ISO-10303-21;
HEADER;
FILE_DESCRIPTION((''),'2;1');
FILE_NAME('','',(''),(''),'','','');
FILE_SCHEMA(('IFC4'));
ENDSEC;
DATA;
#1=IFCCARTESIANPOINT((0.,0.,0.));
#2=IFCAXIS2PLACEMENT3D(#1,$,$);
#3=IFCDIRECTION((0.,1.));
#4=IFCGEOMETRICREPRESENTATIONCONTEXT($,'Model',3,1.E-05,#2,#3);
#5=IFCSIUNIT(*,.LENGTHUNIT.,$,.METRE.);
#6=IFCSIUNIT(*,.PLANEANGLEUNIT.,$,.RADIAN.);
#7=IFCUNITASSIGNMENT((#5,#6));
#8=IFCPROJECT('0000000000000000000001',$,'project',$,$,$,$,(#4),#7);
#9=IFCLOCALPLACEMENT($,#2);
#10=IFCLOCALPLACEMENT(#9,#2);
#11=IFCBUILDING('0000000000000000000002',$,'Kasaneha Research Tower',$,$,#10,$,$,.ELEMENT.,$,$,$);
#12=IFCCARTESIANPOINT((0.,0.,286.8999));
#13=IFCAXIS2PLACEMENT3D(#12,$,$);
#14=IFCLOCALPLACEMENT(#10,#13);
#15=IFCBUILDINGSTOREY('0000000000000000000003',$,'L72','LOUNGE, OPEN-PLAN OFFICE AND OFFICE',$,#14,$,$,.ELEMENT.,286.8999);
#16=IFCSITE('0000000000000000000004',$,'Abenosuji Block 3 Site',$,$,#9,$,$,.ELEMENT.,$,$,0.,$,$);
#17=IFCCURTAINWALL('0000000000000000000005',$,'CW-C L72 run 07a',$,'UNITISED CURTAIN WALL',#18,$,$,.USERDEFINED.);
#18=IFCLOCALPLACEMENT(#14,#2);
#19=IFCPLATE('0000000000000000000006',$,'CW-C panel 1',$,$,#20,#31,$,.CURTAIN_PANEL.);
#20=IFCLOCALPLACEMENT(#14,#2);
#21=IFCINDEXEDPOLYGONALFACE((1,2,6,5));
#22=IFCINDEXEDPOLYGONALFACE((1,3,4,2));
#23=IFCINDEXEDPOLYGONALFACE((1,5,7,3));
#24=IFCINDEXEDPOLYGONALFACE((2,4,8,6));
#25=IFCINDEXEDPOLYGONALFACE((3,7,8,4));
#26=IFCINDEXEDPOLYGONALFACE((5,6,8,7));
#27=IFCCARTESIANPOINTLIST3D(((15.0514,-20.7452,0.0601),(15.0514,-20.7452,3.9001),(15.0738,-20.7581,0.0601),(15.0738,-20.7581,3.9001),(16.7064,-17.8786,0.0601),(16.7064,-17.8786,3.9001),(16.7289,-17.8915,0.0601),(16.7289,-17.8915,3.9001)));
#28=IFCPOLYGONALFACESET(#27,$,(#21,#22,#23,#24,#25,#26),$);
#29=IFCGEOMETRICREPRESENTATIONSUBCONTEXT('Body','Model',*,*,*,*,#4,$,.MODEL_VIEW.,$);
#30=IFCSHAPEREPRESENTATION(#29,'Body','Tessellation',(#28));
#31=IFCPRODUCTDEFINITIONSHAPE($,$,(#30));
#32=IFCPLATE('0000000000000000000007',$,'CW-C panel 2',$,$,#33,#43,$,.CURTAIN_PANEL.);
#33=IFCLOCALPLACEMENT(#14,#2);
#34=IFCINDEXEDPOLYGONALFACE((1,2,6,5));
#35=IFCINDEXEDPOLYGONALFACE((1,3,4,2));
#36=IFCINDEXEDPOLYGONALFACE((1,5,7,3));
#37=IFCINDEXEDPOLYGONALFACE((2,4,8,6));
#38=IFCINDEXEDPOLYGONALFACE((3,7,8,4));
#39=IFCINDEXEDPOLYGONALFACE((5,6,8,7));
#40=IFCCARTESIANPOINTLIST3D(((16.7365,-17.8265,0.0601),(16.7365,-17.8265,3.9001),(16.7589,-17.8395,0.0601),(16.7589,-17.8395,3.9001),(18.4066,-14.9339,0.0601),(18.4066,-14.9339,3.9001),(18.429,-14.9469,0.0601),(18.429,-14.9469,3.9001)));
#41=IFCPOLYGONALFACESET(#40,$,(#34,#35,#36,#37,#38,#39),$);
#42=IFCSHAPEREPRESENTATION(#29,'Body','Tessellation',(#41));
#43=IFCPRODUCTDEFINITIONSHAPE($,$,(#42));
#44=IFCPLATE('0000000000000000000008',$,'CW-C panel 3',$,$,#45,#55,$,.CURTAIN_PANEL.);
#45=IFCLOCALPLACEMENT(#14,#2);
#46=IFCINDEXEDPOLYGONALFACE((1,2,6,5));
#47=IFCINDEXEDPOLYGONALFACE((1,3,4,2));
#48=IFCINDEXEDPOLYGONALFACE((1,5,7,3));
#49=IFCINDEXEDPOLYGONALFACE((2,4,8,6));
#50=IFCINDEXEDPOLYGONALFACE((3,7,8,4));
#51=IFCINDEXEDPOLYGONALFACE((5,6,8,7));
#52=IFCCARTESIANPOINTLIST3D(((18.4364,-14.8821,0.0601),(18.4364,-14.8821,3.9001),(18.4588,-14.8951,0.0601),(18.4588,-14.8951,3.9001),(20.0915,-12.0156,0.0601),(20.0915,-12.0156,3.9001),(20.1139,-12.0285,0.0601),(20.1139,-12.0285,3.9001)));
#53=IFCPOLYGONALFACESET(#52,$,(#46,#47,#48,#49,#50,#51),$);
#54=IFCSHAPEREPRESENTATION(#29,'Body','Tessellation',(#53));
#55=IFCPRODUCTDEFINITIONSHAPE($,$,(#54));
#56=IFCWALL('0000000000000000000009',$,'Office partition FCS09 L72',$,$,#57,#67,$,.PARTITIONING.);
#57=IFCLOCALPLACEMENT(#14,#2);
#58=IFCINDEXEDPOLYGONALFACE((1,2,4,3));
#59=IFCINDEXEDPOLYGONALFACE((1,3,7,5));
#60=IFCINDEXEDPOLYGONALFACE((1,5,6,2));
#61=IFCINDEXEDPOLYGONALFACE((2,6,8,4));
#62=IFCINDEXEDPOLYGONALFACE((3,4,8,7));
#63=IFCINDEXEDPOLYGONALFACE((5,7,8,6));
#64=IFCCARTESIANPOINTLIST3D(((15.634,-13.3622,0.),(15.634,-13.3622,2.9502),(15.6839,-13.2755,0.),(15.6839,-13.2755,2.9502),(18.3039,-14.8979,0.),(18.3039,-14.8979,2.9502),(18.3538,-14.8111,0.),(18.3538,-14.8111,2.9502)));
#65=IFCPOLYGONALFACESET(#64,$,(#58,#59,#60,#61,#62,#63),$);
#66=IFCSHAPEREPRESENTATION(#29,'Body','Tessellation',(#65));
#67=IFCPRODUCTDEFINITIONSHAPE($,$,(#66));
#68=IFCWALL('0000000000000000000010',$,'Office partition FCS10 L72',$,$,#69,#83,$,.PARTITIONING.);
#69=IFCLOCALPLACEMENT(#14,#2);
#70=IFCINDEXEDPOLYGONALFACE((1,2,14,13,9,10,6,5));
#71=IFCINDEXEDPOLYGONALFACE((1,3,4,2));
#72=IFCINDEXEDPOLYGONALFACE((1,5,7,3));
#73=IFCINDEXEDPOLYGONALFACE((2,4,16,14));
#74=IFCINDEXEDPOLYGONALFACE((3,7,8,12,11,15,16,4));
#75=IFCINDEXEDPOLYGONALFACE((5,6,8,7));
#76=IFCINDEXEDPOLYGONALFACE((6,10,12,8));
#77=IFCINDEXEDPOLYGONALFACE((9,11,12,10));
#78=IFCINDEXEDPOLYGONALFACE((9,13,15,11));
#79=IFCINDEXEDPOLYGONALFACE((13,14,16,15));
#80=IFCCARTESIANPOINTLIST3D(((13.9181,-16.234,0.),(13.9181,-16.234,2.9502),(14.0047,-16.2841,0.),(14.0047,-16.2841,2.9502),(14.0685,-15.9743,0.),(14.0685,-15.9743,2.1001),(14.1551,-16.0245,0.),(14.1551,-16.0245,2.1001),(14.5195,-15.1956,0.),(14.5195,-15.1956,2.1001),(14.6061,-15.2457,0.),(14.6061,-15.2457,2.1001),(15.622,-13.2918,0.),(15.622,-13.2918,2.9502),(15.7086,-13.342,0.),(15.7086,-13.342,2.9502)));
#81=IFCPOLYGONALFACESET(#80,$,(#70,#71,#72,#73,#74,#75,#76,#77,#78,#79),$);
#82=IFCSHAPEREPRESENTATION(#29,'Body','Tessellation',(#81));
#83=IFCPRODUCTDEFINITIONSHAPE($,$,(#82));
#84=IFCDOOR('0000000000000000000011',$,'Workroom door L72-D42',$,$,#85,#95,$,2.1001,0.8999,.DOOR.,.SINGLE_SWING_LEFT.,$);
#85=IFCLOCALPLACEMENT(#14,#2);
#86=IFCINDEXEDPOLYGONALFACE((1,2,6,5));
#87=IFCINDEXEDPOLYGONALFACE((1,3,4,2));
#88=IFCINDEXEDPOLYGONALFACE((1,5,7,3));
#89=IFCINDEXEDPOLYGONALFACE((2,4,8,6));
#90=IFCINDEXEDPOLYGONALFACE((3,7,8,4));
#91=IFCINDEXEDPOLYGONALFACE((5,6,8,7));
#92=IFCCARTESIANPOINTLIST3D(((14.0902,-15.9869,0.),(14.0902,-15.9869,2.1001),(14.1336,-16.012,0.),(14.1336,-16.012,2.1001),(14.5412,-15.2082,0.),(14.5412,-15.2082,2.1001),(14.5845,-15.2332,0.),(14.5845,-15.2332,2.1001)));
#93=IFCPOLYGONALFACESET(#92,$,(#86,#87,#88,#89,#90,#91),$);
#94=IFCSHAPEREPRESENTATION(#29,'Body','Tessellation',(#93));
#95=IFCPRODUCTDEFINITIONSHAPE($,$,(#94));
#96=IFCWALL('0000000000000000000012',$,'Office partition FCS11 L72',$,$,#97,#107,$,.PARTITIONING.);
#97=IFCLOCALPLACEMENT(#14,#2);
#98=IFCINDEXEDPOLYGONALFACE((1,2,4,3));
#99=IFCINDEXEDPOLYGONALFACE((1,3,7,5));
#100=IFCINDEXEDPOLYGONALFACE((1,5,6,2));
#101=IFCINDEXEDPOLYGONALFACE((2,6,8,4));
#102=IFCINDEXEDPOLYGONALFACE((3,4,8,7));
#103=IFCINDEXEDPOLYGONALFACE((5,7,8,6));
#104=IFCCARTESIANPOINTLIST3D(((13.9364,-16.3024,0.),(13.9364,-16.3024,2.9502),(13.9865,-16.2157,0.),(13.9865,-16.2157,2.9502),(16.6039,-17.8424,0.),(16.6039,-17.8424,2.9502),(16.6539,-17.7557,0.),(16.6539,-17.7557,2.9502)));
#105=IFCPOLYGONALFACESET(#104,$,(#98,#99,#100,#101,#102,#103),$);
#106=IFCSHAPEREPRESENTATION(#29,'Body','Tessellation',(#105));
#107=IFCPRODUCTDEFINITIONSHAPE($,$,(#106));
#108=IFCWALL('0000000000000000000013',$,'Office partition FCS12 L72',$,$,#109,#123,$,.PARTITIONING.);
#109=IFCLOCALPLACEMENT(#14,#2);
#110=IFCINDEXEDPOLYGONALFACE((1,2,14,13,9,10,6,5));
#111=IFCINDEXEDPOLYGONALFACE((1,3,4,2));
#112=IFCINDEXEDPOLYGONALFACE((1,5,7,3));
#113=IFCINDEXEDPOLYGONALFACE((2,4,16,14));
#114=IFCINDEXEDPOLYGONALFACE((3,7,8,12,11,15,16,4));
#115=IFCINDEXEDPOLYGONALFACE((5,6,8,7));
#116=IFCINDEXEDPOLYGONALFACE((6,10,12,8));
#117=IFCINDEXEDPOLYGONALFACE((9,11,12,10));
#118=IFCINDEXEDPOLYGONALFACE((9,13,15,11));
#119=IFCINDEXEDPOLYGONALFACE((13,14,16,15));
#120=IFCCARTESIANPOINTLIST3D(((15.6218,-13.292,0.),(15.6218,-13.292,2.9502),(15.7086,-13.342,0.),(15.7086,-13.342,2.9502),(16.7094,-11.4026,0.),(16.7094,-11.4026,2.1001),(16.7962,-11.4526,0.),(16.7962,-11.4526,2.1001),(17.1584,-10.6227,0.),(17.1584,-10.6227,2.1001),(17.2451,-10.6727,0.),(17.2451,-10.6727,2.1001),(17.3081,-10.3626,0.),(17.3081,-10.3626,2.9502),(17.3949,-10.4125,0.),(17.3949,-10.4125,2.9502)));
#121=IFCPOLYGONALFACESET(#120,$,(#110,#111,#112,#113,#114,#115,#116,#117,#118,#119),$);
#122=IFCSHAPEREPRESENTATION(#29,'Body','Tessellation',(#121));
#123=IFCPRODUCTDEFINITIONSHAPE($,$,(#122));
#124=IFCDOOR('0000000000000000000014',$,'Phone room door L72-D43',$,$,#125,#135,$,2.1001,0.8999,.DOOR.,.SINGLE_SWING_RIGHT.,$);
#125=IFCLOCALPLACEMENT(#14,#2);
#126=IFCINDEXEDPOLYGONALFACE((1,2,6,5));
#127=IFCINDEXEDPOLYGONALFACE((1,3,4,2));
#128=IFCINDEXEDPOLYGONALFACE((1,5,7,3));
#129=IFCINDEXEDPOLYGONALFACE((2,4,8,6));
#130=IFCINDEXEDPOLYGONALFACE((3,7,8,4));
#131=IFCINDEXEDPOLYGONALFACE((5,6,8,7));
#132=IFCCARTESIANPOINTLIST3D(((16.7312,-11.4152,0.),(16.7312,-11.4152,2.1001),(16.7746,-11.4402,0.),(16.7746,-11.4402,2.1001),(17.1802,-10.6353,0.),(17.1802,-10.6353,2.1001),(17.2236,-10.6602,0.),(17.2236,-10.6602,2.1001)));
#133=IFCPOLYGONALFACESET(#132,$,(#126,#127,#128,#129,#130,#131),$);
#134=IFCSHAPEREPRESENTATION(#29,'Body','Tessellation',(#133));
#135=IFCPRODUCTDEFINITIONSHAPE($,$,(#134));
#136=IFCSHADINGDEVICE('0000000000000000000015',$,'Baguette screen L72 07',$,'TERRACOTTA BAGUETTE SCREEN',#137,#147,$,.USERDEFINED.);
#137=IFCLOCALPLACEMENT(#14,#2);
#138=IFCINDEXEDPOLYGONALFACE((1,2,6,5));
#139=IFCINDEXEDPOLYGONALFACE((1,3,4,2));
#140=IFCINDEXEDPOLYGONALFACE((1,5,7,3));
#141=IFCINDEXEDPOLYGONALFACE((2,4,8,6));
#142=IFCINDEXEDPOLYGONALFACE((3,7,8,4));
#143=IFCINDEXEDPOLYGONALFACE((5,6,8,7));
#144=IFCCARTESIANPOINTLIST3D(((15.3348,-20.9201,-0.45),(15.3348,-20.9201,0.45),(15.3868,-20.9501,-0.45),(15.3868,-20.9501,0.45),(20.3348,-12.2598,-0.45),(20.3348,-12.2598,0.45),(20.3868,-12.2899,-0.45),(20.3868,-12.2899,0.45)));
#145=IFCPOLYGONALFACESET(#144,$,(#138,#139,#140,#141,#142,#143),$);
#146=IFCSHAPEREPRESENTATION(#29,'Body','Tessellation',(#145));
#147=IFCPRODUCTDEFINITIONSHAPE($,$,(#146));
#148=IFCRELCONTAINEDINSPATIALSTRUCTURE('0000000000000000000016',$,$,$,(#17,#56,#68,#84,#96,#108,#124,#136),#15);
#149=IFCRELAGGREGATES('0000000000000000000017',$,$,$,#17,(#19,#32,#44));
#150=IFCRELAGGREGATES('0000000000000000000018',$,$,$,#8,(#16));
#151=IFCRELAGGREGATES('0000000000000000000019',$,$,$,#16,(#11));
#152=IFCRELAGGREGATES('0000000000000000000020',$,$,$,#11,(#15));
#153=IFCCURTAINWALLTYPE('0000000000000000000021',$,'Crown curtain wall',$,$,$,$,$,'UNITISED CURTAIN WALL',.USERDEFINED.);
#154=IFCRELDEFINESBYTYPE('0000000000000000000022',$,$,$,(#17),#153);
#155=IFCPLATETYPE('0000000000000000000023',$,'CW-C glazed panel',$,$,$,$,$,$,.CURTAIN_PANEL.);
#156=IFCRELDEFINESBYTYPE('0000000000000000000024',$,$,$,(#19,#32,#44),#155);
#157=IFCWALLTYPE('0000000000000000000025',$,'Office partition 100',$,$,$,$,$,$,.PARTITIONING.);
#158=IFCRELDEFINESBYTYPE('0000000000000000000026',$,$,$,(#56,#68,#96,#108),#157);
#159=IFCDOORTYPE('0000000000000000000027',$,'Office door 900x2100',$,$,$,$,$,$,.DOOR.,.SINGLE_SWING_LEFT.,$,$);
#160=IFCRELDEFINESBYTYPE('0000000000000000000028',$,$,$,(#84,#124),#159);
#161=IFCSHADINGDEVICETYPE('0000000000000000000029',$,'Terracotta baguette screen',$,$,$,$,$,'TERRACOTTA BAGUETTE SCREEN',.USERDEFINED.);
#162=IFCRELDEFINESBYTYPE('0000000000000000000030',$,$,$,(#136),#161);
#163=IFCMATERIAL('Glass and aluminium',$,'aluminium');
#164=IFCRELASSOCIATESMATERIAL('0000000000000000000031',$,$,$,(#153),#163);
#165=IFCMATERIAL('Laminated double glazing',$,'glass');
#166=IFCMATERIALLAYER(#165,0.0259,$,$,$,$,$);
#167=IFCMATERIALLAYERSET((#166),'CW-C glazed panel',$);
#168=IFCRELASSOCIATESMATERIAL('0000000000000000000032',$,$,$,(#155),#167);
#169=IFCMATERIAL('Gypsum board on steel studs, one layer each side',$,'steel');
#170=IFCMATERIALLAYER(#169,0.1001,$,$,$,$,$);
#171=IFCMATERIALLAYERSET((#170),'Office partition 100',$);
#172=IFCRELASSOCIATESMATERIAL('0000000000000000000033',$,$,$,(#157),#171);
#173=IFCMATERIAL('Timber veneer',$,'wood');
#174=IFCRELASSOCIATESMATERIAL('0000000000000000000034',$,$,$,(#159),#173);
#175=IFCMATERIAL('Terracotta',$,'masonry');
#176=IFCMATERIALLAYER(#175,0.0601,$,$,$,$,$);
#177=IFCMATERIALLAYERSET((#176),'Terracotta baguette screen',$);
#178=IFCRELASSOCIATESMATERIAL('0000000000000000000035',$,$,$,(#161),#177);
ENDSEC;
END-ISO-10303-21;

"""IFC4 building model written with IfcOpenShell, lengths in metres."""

from ifc_helpers import new_model, si_unit, direction, frame, frame_2d, origin, origin_2d, place, context, subcontext, project, spatial, rectangle, extrude, material, layer, layer_set, type_object, element, fill, aggregate, save


model = new_model("IFC4")

# Units and contexts
model_context = context("Model", 3, precision=1e-05, world=origin(), true_north=direction((0.0, 1.0)))
body_context = subcontext(model_context, "Body", "Model", "MODEL_VIEW")
ifc_project = project(units=[si_unit("LENGTHUNIT", "METRE"), si_unit("PLANEANGLEUNIT", "RADIAN")], contexts=[model_context])

# Site, building, storey
site_placement = place(None, origin())
site = spatial("IfcSite", under=ifc_project, at=site_placement, Name="Abenosuji Block 3 Site", CompositionType="ELEMENT", RefElevation=0.0)
building_placement = place(site_placement, origin())
building = spatial("IfcBuilding", under=site, at=building_placement, Name="Kasaneha Research Tower", CompositionType="ELEMENT")
storey_placement = place(building_placement, frame((0.0, 0.0, 286.8999)))
storey = spatial("IfcBuildingStorey", under=building, at=storey_placement, Name="L72", Description="LOUNGE, OPEN-PLAN OFFICE AND OFFICE", CompositionType="ELEMENT", Elevation=286.8999)

# Shared definitions
ifc_material_1 = material(Name="Glass and aluminium", Category="aluminium")
curtain_wall_type = type_object("IfcCurtainWallType", Name="Crown curtain wall", ElementType="UNITISED CURTAIN WALL", PredefinedType="USERDEFINED", material=ifc_material_1)

# Curtain wall
curtain_wall_1_placement = place(storey_placement, origin())
curtain_wall_1 = element("IfcCurtainWall", 1, at=curtain_wall_1_placement, inside=storey, type_object=curtain_wall_type, Name="CW-C L72 run 07a", ObjectType="UNITISED CURTAIN WALL", PredefinedType="USERDEFINED")

# Plates
ifc_material_2 = material(Name="Laminated double glazing", Category="glass")
ifc_layer_1 = layer(ifc_material_2, 0.0259)
ifc_layer_set_1 = layer_set([ifc_layer_1], Name="CW-C glazed panel")
plate_type = type_object("IfcPlateType", Name="CW-C glazed panel", PredefinedType="CURTAIN_PANEL", material=ifc_layer_set_1)
plate_1_placement = place(storey_placement, frame((15.8901, -19.3184, 0.0601), z_axis=(0.0, 0.0, 1.0), x_axis=(0.5, 0.866025, 0.0)))
plate_1 = element("IfcPlate", 2, at=plate_1_placement, type_object=plate_type, Name="CW-C panel 1", PredefinedType="CURTAIN_PANEL", context=body_context, shape_type="SweptSolid", body=[
    extrude(rectangle(XDim=3.3101, YDim=0.0259, at=origin_2d()), origin(), (0.0, 0.0, 1.0), 3.8401),
])
plate_2_placement = place(storey_placement, frame((17.5828, -16.3867, 0.0601), z_axis=(0.0, 0.0, 1.0), x_axis=(0.5, 0.866025, 0.0)))
plate_2 = element("IfcPlate", 3, at=plate_2_placement, type_object=plate_type, Name="CW-C panel 2", PredefinedType="CURTAIN_PANEL", context=body_context, shape_type="SweptSolid", body=[
    extrude(rectangle(XDim=3.3401, YDim=0.0259, at=origin_2d()), origin(), (0.0, 0.0, 1.0), 3.8401),
])
plate_3_placement = place(storey_placement, frame((19.2751, -13.4553, 0.0601), z_axis=(0.0, 0.0, 1.0), x_axis=(0.5, 0.866025, 0.0)))
plate_3 = element("IfcPlate", 4, at=plate_3_placement, type_object=plate_type, Name="CW-C panel 3", PredefinedType="CURTAIN_PANEL", context=body_context, shape_type="SweptSolid", body=[
    extrude(rectangle(XDim=3.3101, YDim=0.0259, at=origin_2d()), origin(), (0.0, 0.0, 1.0), 3.8401),
])
aggregate(curtain_wall_1, [plate_1, plate_2, plate_3])

# Wall
ifc_material_3 = material(Name="Gypsum board on steel studs, one layer each side", Category="steel")
ifc_layer_2 = layer(ifc_material_3, 0.1001)
ifc_layer_set_2 = layer_set([ifc_layer_2], Name="Office partition 100")
wall_type = type_object("IfcWallType", Name="Office partition 100", PredefinedType="PARTITIONING", material=ifc_layer_set_2)
wall_1_placement = place(storey_placement, frame((15.6589, -13.3188, 0.0), z_axis=(0.0, 0.0, 1.0), x_axis=(0.866845, -0.498578, 0.0)))
element("IfcWall", 5, at=wall_1_placement, inside=storey, type_object=wall_type, Name="Office partition FCS09 L72", PredefinedType="PARTITIONING", context=body_context, shape_type="SweptSolid", body=[
    extrude(rectangle(XDim=3.0801, YDim=0.1001, at=frame_2d((1.54, 0.0))), origin(), (0.0, 0.0, 1.0), 2.9502),
])

# Wall, opening, door
wall_2_placement = place(storey_placement, frame((13.9614, -16.259, 0.0), z_axis=(0.0, 0.0, 1.0), x_axis=(0.501149, 0.865361, 0.0)))
wall_2 = element("IfcWall", 6, at=wall_2_placement, inside=storey, type_object=wall_type, Name="Office partition FCS10 L72", PredefinedType="PARTITIONING", context=body_context, shape_type="SweptSolid", body=[
    extrude(rectangle(XDim=3.3999, YDim=0.1001, at=frame_2d((1.7, 0.0))), origin(), (0.0, 0.0, 1.0), 2.9502),
])
opening_1_placement = place(wall_2_placement, frame((0.3, 0.0, 0.0)))
opening_1 = element("IfcOpeningElement", 7, at=opening_1_placement, cuts=wall_2, PredefinedType="OPENING", context=body_context, shape_type="SweptSolid", body=[
    extrude(rectangle(XDim=0.8999, YDim=2.1001, at=frame_2d((0.45, 1.05))), frame((0.0, 0.0601, 0.0), z_axis=(0.0, -1.0, 0.0), x_axis=(1.0, 0.0, 0.0)), (0.0, 0.0, 1.0), 0.1201),
])
ifc_material_4 = material(Name="Timber veneer", Category="wood")
door_type = type_object("IfcDoorType", Name="Office door 900x2100", OperationType="SINGLE_SWING_LEFT", PredefinedType="DOOR", material=ifc_material_4)
door_1_placement = place(opening_1_placement, origin())
door_1 = element("IfcDoor", 8, at=door_1_placement, inside=storey, type_object=door_type, Name="Workroom door L72-D42", OperationType="SINGLE_SWING_LEFT", OverallHeight=2.1001, OverallWidth=0.8999, PredefinedType="DOOR", context=body_context, shape_type="SweptSolid", body=[
    extrude(rectangle(XDim=0.8999, YDim=2.1001, at=frame_2d((0.45, 1.05))), frame((0.0, 0.0249, 0.0), z_axis=(0.0, -1.0, 0.0), x_axis=(1.0, 0.0, 0.0)), (0.0, 0.0, 1.0), 0.05),
])
fill(opening_1, door_1)

# Wall
wall_3_placement = place(storey_placement, frame((16.6289, -17.7991, 0.0), z_axis=(0.0, 0.0, 1.0), x_axis=(-0.86603, 0.499992, 0.0)))
element("IfcWall", 9, at=wall_3_placement, inside=storey, type_object=wall_type, Name="Office partition FCS11 L72", PredefinedType="PARTITIONING", context=body_context, shape_type="SweptSolid", body=[
    extrude(rectangle(XDim=3.0801, YDim=0.1001, at=frame_2d((1.54, 0.0))), origin(), (0.0, 0.0, 1.0), 2.9502),
])

# Wall, opening, door
wall_4_placement = place(storey_placement, frame((15.6653, -13.3169, 0.0), z_axis=(0.0, 0.0, 1.0), x_axis=(0.498882, 0.86667, 0.0)))
wall_4 = element("IfcWall", 10, at=wall_4_placement, inside=storey, type_object=wall_type, Name="Office partition FCS12 L72", PredefinedType="PARTITIONING", context=body_context, shape_type="SweptSolid", body=[
    extrude(rectangle(XDim=3.3801, YDim=0.1001, at=frame_2d((1.6899, 0.0))), origin(), (0.0, 0.0, 1.0), 2.9502),
])
opening_2_placement = place(wall_4_placement, frame((2.1799, 0.0, 0.0)))
opening_2 = element("IfcOpeningElement", 11, at=opening_2_placement, cuts=wall_4, PredefinedType="OPENING", context=body_context, shape_type="SweptSolid", body=[
    extrude(rectangle(XDim=0.8999, YDim=2.1001, at=frame_2d((0.45, 1.05))), frame((0.0, 0.0601, 0.0), z_axis=(0.0, -1.0, 0.0), x_axis=(1.0, 0.0, 0.0)), (0.0, 0.0, 1.0), 0.1201),
])
door_2_placement = place(opening_2_placement, origin())
door_2 = element("IfcDoor", 12, at=door_2_placement, inside=storey, type_object=door_type, Name="Phone room door L72-D43", OperationType="SINGLE_SWING_RIGHT", OverallHeight=2.1001, OverallWidth=0.8999, PredefinedType="DOOR", context=body_context, shape_type="SweptSolid", body=[
    extrude(rectangle(XDim=0.8999, YDim=2.1001, at=frame_2d((0.45, 1.05))), frame((0.0, 0.0249, 0.0), z_axis=(0.0, -1.0, 0.0), x_axis=(1.0, 0.0, 0.0)), (0.0, 0.0, 1.0), 0.05),
])
fill(opening_2, door_2)

# Shading device
ifc_material_5 = material(Name="Terracotta", Category="masonry")
ifc_layer_3 = layer(ifc_material_5, 0.0601)
ifc_layer_set_3 = layer_set([ifc_layer_3], Name="Terracotta baguette screen")
shading_device_type = type_object("IfcShadingDeviceType", Name="Terracotta baguette screen", ElementType="TERRACOTTA BAGUETTE SCREEN", PredefinedType="USERDEFINED", material=ifc_layer_set_3)
shading_device_placement = place(storey_placement, frame((17.8608, -16.605, -0.45), z_axis=(0.0, 0.0, 1.0), x_axis=(0.5, 0.866025, 0.0)))
element("IfcShadingDevice", 13, at=shading_device_placement, inside=storey, type_object=shading_device_type, Name="Baguette screen L72 07", ObjectType="TERRACOTTA BAGUETTE SCREEN", PredefinedType="USERDEFINED", context=body_context, shape_type="SweptSolid", body=[
    extrude(rectangle(XDim=10.0, YDim=0.0601, at=origin_2d()), origin(), (0.0, 0.0, 1.0), 0.8999),
])

save(model, "model.ifc")
